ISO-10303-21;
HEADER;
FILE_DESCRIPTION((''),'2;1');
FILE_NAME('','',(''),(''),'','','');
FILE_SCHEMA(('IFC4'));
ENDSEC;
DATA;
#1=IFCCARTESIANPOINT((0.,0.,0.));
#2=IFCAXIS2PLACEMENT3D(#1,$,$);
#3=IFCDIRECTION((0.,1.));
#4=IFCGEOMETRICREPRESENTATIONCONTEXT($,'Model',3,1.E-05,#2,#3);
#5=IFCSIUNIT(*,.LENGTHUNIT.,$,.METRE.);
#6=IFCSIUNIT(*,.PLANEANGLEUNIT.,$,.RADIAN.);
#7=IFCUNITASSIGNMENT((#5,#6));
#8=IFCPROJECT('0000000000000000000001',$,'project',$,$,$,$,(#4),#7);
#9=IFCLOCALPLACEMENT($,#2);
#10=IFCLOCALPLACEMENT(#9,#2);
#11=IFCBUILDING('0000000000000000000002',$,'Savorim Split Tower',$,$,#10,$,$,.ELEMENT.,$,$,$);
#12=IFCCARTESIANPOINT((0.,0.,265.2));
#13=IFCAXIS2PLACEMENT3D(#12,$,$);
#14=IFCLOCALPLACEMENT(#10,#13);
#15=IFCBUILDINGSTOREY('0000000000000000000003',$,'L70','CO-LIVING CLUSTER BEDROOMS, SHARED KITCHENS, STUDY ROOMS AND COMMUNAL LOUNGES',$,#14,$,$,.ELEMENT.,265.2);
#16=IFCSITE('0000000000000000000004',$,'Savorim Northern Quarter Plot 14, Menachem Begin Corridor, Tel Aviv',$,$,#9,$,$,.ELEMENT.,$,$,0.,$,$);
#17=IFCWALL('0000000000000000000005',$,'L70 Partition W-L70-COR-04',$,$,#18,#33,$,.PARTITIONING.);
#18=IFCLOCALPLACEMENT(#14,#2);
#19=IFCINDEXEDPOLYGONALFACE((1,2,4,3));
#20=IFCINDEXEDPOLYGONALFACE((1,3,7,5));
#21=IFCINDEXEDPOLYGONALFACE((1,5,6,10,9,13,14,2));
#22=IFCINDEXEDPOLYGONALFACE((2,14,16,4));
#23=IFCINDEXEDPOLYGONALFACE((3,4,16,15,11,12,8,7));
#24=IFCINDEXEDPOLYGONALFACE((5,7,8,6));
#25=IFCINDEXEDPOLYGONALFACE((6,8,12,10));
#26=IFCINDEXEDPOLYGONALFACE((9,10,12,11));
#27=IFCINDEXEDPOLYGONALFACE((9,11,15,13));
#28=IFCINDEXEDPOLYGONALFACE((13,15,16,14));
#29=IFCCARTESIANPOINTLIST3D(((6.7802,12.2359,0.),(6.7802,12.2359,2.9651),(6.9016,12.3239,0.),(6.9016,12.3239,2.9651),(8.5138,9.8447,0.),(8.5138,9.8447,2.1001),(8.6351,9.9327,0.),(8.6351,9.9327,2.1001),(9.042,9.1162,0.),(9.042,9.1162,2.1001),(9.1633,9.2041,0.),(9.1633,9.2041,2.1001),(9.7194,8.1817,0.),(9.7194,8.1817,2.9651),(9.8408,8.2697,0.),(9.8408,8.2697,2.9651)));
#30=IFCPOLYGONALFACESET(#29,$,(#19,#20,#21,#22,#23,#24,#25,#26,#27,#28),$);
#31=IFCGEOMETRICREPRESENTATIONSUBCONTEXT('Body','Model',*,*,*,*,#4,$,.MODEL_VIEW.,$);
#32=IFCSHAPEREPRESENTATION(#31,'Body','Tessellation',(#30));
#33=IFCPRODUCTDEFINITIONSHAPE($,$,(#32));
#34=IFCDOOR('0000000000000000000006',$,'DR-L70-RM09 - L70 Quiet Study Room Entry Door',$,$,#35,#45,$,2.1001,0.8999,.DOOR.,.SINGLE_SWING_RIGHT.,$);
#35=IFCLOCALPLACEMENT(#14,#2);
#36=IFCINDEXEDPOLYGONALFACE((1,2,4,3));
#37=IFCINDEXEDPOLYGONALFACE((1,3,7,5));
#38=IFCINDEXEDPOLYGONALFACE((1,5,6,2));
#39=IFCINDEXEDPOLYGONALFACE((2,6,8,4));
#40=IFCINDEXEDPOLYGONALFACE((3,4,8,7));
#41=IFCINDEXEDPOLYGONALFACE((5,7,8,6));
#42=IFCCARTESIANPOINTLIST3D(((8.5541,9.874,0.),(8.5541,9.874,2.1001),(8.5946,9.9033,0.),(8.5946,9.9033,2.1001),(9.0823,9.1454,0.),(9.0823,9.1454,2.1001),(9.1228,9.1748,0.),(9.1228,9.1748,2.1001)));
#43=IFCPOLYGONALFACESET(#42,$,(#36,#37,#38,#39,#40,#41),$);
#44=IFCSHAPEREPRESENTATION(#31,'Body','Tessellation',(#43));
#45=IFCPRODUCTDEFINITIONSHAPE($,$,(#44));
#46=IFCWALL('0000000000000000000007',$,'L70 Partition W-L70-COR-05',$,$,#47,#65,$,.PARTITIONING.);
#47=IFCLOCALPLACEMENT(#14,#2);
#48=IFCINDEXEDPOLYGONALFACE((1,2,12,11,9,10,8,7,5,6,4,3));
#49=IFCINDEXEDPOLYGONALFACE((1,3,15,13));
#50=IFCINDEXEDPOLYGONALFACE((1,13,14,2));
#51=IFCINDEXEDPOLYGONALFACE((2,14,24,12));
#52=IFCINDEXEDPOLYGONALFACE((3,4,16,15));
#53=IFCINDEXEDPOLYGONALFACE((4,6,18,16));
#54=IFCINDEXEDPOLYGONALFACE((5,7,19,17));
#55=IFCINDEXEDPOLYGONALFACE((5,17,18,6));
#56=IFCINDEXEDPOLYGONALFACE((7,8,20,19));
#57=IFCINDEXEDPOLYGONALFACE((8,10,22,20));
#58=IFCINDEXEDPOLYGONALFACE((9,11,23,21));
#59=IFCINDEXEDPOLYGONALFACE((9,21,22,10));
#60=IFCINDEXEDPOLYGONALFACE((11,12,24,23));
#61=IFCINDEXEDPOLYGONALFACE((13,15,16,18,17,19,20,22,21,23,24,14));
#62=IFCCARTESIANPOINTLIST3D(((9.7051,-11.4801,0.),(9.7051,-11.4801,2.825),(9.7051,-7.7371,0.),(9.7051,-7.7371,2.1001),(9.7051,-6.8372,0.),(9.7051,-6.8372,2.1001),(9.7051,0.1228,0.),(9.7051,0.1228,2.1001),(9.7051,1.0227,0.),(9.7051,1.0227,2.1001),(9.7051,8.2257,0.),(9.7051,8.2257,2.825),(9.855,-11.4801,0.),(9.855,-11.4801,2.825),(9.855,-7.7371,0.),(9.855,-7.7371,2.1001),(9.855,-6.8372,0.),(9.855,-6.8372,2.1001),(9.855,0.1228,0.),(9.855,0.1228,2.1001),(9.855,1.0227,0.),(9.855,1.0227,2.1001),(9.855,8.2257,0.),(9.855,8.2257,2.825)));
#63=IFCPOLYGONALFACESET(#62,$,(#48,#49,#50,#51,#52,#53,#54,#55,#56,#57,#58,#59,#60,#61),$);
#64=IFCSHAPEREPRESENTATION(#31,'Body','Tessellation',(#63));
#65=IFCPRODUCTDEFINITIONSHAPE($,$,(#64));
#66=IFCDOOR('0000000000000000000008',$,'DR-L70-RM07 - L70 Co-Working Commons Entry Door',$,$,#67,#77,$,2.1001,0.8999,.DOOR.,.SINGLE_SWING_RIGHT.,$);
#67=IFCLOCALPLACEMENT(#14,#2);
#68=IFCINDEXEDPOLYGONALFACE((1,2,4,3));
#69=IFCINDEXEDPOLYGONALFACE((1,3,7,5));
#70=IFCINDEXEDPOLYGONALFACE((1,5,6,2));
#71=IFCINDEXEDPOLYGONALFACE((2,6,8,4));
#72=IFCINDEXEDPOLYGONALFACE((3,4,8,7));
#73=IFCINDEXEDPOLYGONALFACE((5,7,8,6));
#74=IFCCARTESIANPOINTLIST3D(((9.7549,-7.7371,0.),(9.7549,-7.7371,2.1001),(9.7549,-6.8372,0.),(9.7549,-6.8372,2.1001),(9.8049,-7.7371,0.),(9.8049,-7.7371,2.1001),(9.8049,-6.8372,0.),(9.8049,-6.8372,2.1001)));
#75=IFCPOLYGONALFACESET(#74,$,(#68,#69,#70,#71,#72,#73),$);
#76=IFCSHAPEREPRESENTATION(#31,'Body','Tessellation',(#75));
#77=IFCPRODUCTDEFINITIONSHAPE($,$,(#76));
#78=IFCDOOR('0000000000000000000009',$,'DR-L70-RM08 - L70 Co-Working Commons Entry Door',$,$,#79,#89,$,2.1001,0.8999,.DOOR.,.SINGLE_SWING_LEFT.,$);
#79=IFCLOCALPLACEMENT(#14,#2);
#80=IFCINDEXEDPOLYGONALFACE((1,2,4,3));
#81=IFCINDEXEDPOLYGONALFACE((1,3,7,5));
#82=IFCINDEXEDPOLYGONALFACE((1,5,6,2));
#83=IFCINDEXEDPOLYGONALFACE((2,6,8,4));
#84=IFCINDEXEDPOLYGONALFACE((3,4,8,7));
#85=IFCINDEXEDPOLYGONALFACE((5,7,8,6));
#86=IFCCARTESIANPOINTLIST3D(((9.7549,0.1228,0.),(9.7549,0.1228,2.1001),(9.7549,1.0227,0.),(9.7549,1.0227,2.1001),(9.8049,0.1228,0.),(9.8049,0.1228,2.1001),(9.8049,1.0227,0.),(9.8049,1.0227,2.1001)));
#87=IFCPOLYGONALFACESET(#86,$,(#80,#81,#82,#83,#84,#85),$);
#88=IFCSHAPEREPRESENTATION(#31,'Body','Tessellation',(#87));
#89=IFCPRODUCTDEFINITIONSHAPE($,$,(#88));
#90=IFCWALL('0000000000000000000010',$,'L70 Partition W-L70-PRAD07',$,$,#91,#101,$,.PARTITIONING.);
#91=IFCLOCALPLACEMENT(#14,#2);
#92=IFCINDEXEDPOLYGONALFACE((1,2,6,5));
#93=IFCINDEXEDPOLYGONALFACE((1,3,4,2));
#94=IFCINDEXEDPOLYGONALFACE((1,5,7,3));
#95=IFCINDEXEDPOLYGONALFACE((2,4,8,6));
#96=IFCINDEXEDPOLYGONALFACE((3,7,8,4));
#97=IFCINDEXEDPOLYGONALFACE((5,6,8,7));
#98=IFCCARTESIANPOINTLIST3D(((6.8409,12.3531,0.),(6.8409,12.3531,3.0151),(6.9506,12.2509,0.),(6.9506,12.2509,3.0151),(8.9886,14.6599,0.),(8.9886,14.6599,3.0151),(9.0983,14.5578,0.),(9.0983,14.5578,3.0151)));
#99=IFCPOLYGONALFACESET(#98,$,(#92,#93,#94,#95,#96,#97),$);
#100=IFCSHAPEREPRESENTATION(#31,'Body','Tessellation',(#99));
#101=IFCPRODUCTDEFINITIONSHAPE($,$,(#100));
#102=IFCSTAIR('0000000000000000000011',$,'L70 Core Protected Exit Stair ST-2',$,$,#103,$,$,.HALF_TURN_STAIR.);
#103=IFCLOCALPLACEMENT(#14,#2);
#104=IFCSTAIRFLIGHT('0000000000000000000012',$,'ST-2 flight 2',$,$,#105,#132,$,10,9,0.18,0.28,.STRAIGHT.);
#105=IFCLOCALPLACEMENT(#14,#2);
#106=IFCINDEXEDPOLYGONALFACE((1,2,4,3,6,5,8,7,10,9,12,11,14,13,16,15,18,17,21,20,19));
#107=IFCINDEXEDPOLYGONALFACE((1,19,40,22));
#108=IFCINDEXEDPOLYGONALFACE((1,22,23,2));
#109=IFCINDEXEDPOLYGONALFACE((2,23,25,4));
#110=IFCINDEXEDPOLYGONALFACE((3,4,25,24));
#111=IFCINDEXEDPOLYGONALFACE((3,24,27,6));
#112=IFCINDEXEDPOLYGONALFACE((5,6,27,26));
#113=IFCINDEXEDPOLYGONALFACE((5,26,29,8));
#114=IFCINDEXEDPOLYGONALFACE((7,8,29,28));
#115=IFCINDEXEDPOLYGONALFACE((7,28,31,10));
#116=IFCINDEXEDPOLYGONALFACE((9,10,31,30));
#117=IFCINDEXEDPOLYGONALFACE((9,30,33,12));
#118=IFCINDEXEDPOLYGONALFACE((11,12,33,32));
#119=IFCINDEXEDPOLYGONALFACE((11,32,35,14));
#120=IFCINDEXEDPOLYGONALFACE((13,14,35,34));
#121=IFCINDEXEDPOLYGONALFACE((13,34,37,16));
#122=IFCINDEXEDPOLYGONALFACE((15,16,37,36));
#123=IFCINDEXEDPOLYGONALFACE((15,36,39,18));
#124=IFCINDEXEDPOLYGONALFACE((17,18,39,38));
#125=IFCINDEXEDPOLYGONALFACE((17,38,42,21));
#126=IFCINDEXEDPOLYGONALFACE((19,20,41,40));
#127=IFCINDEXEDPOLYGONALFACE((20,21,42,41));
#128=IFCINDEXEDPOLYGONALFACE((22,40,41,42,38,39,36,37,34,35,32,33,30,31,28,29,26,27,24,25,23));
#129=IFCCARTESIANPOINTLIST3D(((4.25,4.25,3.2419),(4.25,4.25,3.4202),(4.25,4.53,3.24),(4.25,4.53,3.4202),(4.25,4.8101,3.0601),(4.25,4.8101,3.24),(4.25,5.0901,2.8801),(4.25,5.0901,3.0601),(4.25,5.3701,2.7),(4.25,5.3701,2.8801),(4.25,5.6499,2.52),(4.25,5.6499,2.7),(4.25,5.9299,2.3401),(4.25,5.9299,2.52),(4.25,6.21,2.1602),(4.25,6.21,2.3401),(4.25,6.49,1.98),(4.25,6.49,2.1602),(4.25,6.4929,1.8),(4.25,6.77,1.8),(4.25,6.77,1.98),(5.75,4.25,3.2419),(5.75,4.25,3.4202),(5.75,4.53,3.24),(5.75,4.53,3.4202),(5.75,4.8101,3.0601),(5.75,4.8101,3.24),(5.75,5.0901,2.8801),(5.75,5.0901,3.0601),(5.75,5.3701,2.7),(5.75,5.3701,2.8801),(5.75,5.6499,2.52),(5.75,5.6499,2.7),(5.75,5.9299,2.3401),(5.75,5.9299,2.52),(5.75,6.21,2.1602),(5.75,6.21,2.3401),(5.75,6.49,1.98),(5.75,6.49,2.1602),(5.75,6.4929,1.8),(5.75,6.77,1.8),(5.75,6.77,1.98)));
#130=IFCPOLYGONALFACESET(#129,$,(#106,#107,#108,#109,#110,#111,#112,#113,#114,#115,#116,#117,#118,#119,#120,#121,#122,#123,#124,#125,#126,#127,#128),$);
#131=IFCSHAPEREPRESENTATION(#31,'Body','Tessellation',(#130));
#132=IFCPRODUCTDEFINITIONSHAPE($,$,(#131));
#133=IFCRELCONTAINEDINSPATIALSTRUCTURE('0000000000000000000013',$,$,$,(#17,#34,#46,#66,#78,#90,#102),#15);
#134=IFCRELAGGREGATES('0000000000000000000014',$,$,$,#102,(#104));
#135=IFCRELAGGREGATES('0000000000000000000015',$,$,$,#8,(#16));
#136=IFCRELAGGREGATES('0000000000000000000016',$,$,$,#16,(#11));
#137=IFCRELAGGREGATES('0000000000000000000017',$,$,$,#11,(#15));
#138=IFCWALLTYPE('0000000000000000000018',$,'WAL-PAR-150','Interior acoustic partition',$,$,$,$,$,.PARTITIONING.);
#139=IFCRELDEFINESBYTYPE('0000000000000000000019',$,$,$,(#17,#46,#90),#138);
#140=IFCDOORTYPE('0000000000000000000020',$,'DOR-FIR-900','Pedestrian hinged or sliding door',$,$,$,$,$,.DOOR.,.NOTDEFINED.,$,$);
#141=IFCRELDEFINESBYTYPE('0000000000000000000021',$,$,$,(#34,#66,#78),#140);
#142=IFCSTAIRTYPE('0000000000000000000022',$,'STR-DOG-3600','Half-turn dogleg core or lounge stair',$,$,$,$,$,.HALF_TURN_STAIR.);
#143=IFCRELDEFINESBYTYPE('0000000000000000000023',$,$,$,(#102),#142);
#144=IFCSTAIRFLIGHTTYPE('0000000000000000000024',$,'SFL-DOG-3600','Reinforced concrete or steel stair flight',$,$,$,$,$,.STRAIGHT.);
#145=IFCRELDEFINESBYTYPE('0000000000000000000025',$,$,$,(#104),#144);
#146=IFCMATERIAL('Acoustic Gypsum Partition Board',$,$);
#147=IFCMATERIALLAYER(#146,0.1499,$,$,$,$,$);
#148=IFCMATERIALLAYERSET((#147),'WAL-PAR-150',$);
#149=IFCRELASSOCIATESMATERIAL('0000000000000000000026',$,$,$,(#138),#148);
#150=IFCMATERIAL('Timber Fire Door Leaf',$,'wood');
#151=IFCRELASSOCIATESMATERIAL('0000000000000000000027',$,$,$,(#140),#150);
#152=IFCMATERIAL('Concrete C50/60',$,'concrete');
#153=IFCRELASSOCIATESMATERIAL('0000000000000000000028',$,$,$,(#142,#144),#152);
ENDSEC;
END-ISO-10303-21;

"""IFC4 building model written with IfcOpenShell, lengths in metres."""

from ifc_helpers import new_model, si_unit, direction, frame, frame_2d, origin, place, context, subcontext, project, spatial, polyline, rectangle, outline, extrude, material, layer, layer_set, type_object, element, fill, aggregate, save


model = new_model("IFC4")

# Units and contexts
model_context = context("Model", 3, precision=1e-05, world=origin(), true_north=direction((0.0, 1.0)))
body_context = subcontext(model_context, "Body", "Model", "MODEL_VIEW")
ifc_project = project(units=[si_unit("LENGTHUNIT", "METRE"), si_unit("PLANEANGLEUNIT", "RADIAN")], contexts=[model_context])

# Site, building, storey
site_placement = place(None, origin())
site = spatial("IfcSite", under=ifc_project, at=site_placement, Name="Savorim Northern Quarter Plot 14, Menachem Begin Corridor, Tel Aviv", CompositionType="ELEMENT", RefElevation=0.0)
building_placement = place(site_placement, origin())
building = spatial("IfcBuilding", under=site, at=building_placement, Name="Savorim Split Tower", CompositionType="ELEMENT")
storey_placement = place(building_placement, frame((0.0, 0.0, 265.2)))
storey = spatial("IfcBuildingStorey", under=building, at=storey_placement, Name="L70", Description="CO-LIVING CLUSTER BEDROOMS, SHARED KITCHENS, STUDY ROOMS AND COMMUNAL LOUNGES", CompositionType="ELEMENT", Elevation=265.2)

# Shared definitions
ifc_material_1 = material(Name="Timber Fire Door Leaf", Category="wood")

# Wall, opening, door
ifc_material_2 = material(Name="Acoustic Gypsum Partition Board")
ifc_layer_1 = layer(ifc_material_2, 0.1499)
ifc_layer_set_1 = layer_set([ifc_layer_1], Name="WAL-PAR-150")
wall_type_1 = type_object("IfcWallType", Name="WAL-PAR-150", Description="Interior acoustic partition", PredefinedType="PARTITIONING", material=ifc_layer_set_1)
wall_1_placement = place(storey_placement, frame((6.8408, 12.28, 0.0), z_axis=(0.0, 0.0, 1.0), x_axis=(0.586956, -0.809619, 0.0)))
wall_1 = element("IfcWall", 1, at=wall_1_placement, inside=storey, type_object=wall_type_1, Name="L70 Partition W-L70-COR-04", PredefinedType="PARTITIONING", context=body_context, shape_type="SweptSolid", body=[
    extrude(rectangle(XDim=5.0076, YDim=0.1499, at=frame_2d((2.5039, 0.0))), origin(), (0.0, 0.0, 1.0), 2.9651),
])
opening_1_placement = place(wall_1_placement, frame((2.9536, 0.0, 0.0)))
opening_1 = element("IfcOpeningElement", 2, at=opening_1_placement, cuts=wall_1, PredefinedType="OPENING", context=body_context, shape_type="SweptSolid", body=[
    extrude(rectangle(XDim=0.8999, YDim=2.1001, at=frame_2d((0.45, 1.05))), frame((0.0, 0.085, 0.0), z_axis=(0.0, -1.0, 0.0), x_axis=(1.0, 0.0, 0.0)), (0.0, 0.0, 1.0), 0.1699),
])
door_type_1 = type_object("IfcDoorType", Name="DOR-FIR-900", Description="Pedestrian hinged or sliding door", OperationType="NOTDEFINED", PredefinedType="DOOR", material=ifc_material_1)
door_1_placement = place(opening_1_placement, origin())
door_1 = element("IfcDoor", 3, at=door_1_placement, inside=storey, type_object=door_type_1, Name="DR-L70-RM09 - L70 Quiet Study Room Entry Door", OperationType="SINGLE_SWING_RIGHT", OverallHeight=2.1001, OverallWidth=0.8999, PredefinedType="DOOR", context=body_context, shape_type="SweptSolid", body=[
    extrude(rectangle(XDim=0.8999, YDim=2.1001, at=frame_2d((0.45, 1.05))), frame((0.0, 0.0249, 0.0), z_axis=(0.0, -1.0, 0.0), x_axis=(1.0, 0.0, 0.0)), (0.0, 0.0, 1.0), 0.05),
])
fill(opening_1, door_1)

# Wall, openings, doors
wall_2_placement = place(storey_placement, frame((9.78, 8.2258, 0.0), z_axis=(0.0, 0.0, 1.0), x_axis=(0.0, -1.0, 0.0)))
wall_2 = element("IfcWall", 4, at=wall_2_placement, inside=storey, type_object=wall_type_1, Name="L70 Partition W-L70-COR-05", PredefinedType="PARTITIONING", context=body_context, shape_type="SweptSolid", body=[
    extrude(rectangle(XDim=19.7058, YDim=0.1499, at=frame_2d((9.853, 0.0))), origin(), (0.0, 0.0, 1.0), 2.825),
])
opening_2_placement = place(wall_2_placement, frame((15.063, 0.0, 0.0)))
opening_2 = element("IfcOpeningElement", 5, at=opening_2_placement, cuts=wall_2, PredefinedType="OPENING", context=body_context, shape_type="SweptSolid", body=[
    extrude(rectangle(XDim=0.8999, YDim=2.1001, at=frame_2d((0.45, 1.05))), frame((0.0, 0.085, 0.0), z_axis=(0.0, -1.0, 0.0), x_axis=(1.0, 0.0, 0.0)), (0.0, 0.0, 1.0), 0.1699),
])
opening_3_placement = place(wall_2_placement, frame((7.2031, 0.0, 0.0)))
opening_3 = element("IfcOpeningElement", 6, at=opening_3_placement, cuts=wall_2, PredefinedType="OPENING", context=body_context, shape_type="SweptSolid", body=[
    extrude(rectangle(XDim=0.8999, YDim=2.1001, at=frame_2d((0.45, 1.05))), frame((0.0, 0.085, 0.0), z_axis=(0.0, -1.0, 0.0), x_axis=(1.0, 0.0, 0.0)), (0.0, 0.0, 1.0), 0.1699),
])
door_2_placement = place(opening_2_placement, origin())
door_2 = element("IfcDoor", 7, at=door_2_placement, inside=storey, type_object=door_type_1, Name="DR-L70-RM07 - L70 Co-Working Commons Entry Door", OperationType="SINGLE_SWING_RIGHT", OverallHeight=2.1001, OverallWidth=0.8999, PredefinedType="DOOR", context=body_context, shape_type="SweptSolid", body=[
    extrude(rectangle(XDim=0.8999, YDim=2.1001, at=frame_2d((0.45, 1.05))), frame((0.0, 0.0249, 0.0), z_axis=(0.0, -1.0, 0.0), x_axis=(1.0, 0.0, 0.0)), (0.0, 0.0, 1.0), 0.05),
])
fill(opening_2, door_2)
door_3_placement = place(opening_3_placement, origin())
door_3 = element("IfcDoor", 8, at=door_3_placement, inside=storey, type_object=door_type_1, Name="DR-L70-RM08 - L70 Co-Working Commons Entry Door", OperationType="SINGLE_SWING_LEFT", OverallHeight=2.1001, OverallWidth=0.8999, PredefinedType="DOOR", context=body_context, shape_type="SweptSolid", body=[
    extrude(rectangle(XDim=0.8999, YDim=2.1001, at=frame_2d((0.45, 1.05))), frame((0.0, 0.0249, 0.0), z_axis=(0.0, -1.0, 0.0), x_axis=(1.0, 0.0, 0.0)), (0.0, 0.0, 1.0), 0.05),
])
fill(opening_3, door_3)

# Wall
wall_3_placement = place(storey_placement, frame((6.8958, 12.302, 0.0), z_axis=(0.0, 0.0, 1.0), x_axis=(0.681404, 0.731907, 0.0)))
element("IfcWall", 9, at=wall_3_placement, inside=storey, type_object=wall_type_1, Name="L70 Partition W-L70-PRAD07", PredefinedType="PARTITIONING", context=body_context, shape_type="SweptSolid", body=[
    extrude(rectangle(XDim=3.1519, YDim=0.1499, at=frame_2d((1.5759, 0.0))), origin(), (0.0, 0.0, 1.0), 3.0151),
])

# Stair, stair flight
ifc_material_3 = material(Name="Concrete C50/60", Category="concrete")
stair_type = type_object("IfcStairType", Name="STR-DOG-3600", Description="Half-turn dogleg core or lounge stair", PredefinedType="HALF_TURN_STAIR", material=ifc_material_3)
stair_placement = place(storey_placement, origin())
stair = element("IfcStair", 10, at=stair_placement, inside=storey, type_object=stair_type, Name="L70 Core Protected Exit Stair ST-2", PredefinedType="HALF_TURN_STAIR")
stair_flight_type = type_object("IfcStairFlightType", Name="SFL-DOG-3600", Description="Reinforced concrete or steel stair flight", PredefinedType="STRAIGHT", material=ifc_material_3)
stair_flight_placement = place(storey_placement, frame((5.0, 6.77, 1.8), z_axis=(0.0, 0.0, 1.0), x_axis=(0.0, -1.0, 0.0)))
stair_flight = element("IfcStairFlight", 11, at=stair_flight_placement, type_object=stair_flight_type, Name="ST-2 flight 2", NumberOfRisers=10, NumberOfTreads=9, PredefinedType="STRAIGHT", RiserHeight=0.18, TreadLength=0.28, context=body_context, shape_type="SweptSolid", body=[
    extrude(outline(polyline([(0.0, 0.0), (0.0, 0.1799), (0.28, 0.1799), (0.28, 0.3601), (0.5601, 0.3601), (0.5601, 0.54), (0.8401, 0.54), (0.8401, 0.72), (1.1201, 0.72), (1.1201, 0.8999), (1.3999, 0.8999), (1.3999, 1.0801), (1.6799, 1.0801), (1.6799, 1.26), (1.96, 1.26), (1.96, 1.4399), (2.24, 1.4399), (2.24, 1.6201), (2.52, 1.6201), (2.52, 1.8), (2.52, 1.4419), (0.2771, 0.0), (0.0, 0.0)])), frame((0.0, 0.75, 0.0), z_axis=(0.0, -1.0, 0.0), x_axis=(1.0, 0.0, 0.0)), (0.0, 0.0, 1.0), 1.5),
])
aggregate(stair, [stair_flight])

save(model, "model.ifc")
